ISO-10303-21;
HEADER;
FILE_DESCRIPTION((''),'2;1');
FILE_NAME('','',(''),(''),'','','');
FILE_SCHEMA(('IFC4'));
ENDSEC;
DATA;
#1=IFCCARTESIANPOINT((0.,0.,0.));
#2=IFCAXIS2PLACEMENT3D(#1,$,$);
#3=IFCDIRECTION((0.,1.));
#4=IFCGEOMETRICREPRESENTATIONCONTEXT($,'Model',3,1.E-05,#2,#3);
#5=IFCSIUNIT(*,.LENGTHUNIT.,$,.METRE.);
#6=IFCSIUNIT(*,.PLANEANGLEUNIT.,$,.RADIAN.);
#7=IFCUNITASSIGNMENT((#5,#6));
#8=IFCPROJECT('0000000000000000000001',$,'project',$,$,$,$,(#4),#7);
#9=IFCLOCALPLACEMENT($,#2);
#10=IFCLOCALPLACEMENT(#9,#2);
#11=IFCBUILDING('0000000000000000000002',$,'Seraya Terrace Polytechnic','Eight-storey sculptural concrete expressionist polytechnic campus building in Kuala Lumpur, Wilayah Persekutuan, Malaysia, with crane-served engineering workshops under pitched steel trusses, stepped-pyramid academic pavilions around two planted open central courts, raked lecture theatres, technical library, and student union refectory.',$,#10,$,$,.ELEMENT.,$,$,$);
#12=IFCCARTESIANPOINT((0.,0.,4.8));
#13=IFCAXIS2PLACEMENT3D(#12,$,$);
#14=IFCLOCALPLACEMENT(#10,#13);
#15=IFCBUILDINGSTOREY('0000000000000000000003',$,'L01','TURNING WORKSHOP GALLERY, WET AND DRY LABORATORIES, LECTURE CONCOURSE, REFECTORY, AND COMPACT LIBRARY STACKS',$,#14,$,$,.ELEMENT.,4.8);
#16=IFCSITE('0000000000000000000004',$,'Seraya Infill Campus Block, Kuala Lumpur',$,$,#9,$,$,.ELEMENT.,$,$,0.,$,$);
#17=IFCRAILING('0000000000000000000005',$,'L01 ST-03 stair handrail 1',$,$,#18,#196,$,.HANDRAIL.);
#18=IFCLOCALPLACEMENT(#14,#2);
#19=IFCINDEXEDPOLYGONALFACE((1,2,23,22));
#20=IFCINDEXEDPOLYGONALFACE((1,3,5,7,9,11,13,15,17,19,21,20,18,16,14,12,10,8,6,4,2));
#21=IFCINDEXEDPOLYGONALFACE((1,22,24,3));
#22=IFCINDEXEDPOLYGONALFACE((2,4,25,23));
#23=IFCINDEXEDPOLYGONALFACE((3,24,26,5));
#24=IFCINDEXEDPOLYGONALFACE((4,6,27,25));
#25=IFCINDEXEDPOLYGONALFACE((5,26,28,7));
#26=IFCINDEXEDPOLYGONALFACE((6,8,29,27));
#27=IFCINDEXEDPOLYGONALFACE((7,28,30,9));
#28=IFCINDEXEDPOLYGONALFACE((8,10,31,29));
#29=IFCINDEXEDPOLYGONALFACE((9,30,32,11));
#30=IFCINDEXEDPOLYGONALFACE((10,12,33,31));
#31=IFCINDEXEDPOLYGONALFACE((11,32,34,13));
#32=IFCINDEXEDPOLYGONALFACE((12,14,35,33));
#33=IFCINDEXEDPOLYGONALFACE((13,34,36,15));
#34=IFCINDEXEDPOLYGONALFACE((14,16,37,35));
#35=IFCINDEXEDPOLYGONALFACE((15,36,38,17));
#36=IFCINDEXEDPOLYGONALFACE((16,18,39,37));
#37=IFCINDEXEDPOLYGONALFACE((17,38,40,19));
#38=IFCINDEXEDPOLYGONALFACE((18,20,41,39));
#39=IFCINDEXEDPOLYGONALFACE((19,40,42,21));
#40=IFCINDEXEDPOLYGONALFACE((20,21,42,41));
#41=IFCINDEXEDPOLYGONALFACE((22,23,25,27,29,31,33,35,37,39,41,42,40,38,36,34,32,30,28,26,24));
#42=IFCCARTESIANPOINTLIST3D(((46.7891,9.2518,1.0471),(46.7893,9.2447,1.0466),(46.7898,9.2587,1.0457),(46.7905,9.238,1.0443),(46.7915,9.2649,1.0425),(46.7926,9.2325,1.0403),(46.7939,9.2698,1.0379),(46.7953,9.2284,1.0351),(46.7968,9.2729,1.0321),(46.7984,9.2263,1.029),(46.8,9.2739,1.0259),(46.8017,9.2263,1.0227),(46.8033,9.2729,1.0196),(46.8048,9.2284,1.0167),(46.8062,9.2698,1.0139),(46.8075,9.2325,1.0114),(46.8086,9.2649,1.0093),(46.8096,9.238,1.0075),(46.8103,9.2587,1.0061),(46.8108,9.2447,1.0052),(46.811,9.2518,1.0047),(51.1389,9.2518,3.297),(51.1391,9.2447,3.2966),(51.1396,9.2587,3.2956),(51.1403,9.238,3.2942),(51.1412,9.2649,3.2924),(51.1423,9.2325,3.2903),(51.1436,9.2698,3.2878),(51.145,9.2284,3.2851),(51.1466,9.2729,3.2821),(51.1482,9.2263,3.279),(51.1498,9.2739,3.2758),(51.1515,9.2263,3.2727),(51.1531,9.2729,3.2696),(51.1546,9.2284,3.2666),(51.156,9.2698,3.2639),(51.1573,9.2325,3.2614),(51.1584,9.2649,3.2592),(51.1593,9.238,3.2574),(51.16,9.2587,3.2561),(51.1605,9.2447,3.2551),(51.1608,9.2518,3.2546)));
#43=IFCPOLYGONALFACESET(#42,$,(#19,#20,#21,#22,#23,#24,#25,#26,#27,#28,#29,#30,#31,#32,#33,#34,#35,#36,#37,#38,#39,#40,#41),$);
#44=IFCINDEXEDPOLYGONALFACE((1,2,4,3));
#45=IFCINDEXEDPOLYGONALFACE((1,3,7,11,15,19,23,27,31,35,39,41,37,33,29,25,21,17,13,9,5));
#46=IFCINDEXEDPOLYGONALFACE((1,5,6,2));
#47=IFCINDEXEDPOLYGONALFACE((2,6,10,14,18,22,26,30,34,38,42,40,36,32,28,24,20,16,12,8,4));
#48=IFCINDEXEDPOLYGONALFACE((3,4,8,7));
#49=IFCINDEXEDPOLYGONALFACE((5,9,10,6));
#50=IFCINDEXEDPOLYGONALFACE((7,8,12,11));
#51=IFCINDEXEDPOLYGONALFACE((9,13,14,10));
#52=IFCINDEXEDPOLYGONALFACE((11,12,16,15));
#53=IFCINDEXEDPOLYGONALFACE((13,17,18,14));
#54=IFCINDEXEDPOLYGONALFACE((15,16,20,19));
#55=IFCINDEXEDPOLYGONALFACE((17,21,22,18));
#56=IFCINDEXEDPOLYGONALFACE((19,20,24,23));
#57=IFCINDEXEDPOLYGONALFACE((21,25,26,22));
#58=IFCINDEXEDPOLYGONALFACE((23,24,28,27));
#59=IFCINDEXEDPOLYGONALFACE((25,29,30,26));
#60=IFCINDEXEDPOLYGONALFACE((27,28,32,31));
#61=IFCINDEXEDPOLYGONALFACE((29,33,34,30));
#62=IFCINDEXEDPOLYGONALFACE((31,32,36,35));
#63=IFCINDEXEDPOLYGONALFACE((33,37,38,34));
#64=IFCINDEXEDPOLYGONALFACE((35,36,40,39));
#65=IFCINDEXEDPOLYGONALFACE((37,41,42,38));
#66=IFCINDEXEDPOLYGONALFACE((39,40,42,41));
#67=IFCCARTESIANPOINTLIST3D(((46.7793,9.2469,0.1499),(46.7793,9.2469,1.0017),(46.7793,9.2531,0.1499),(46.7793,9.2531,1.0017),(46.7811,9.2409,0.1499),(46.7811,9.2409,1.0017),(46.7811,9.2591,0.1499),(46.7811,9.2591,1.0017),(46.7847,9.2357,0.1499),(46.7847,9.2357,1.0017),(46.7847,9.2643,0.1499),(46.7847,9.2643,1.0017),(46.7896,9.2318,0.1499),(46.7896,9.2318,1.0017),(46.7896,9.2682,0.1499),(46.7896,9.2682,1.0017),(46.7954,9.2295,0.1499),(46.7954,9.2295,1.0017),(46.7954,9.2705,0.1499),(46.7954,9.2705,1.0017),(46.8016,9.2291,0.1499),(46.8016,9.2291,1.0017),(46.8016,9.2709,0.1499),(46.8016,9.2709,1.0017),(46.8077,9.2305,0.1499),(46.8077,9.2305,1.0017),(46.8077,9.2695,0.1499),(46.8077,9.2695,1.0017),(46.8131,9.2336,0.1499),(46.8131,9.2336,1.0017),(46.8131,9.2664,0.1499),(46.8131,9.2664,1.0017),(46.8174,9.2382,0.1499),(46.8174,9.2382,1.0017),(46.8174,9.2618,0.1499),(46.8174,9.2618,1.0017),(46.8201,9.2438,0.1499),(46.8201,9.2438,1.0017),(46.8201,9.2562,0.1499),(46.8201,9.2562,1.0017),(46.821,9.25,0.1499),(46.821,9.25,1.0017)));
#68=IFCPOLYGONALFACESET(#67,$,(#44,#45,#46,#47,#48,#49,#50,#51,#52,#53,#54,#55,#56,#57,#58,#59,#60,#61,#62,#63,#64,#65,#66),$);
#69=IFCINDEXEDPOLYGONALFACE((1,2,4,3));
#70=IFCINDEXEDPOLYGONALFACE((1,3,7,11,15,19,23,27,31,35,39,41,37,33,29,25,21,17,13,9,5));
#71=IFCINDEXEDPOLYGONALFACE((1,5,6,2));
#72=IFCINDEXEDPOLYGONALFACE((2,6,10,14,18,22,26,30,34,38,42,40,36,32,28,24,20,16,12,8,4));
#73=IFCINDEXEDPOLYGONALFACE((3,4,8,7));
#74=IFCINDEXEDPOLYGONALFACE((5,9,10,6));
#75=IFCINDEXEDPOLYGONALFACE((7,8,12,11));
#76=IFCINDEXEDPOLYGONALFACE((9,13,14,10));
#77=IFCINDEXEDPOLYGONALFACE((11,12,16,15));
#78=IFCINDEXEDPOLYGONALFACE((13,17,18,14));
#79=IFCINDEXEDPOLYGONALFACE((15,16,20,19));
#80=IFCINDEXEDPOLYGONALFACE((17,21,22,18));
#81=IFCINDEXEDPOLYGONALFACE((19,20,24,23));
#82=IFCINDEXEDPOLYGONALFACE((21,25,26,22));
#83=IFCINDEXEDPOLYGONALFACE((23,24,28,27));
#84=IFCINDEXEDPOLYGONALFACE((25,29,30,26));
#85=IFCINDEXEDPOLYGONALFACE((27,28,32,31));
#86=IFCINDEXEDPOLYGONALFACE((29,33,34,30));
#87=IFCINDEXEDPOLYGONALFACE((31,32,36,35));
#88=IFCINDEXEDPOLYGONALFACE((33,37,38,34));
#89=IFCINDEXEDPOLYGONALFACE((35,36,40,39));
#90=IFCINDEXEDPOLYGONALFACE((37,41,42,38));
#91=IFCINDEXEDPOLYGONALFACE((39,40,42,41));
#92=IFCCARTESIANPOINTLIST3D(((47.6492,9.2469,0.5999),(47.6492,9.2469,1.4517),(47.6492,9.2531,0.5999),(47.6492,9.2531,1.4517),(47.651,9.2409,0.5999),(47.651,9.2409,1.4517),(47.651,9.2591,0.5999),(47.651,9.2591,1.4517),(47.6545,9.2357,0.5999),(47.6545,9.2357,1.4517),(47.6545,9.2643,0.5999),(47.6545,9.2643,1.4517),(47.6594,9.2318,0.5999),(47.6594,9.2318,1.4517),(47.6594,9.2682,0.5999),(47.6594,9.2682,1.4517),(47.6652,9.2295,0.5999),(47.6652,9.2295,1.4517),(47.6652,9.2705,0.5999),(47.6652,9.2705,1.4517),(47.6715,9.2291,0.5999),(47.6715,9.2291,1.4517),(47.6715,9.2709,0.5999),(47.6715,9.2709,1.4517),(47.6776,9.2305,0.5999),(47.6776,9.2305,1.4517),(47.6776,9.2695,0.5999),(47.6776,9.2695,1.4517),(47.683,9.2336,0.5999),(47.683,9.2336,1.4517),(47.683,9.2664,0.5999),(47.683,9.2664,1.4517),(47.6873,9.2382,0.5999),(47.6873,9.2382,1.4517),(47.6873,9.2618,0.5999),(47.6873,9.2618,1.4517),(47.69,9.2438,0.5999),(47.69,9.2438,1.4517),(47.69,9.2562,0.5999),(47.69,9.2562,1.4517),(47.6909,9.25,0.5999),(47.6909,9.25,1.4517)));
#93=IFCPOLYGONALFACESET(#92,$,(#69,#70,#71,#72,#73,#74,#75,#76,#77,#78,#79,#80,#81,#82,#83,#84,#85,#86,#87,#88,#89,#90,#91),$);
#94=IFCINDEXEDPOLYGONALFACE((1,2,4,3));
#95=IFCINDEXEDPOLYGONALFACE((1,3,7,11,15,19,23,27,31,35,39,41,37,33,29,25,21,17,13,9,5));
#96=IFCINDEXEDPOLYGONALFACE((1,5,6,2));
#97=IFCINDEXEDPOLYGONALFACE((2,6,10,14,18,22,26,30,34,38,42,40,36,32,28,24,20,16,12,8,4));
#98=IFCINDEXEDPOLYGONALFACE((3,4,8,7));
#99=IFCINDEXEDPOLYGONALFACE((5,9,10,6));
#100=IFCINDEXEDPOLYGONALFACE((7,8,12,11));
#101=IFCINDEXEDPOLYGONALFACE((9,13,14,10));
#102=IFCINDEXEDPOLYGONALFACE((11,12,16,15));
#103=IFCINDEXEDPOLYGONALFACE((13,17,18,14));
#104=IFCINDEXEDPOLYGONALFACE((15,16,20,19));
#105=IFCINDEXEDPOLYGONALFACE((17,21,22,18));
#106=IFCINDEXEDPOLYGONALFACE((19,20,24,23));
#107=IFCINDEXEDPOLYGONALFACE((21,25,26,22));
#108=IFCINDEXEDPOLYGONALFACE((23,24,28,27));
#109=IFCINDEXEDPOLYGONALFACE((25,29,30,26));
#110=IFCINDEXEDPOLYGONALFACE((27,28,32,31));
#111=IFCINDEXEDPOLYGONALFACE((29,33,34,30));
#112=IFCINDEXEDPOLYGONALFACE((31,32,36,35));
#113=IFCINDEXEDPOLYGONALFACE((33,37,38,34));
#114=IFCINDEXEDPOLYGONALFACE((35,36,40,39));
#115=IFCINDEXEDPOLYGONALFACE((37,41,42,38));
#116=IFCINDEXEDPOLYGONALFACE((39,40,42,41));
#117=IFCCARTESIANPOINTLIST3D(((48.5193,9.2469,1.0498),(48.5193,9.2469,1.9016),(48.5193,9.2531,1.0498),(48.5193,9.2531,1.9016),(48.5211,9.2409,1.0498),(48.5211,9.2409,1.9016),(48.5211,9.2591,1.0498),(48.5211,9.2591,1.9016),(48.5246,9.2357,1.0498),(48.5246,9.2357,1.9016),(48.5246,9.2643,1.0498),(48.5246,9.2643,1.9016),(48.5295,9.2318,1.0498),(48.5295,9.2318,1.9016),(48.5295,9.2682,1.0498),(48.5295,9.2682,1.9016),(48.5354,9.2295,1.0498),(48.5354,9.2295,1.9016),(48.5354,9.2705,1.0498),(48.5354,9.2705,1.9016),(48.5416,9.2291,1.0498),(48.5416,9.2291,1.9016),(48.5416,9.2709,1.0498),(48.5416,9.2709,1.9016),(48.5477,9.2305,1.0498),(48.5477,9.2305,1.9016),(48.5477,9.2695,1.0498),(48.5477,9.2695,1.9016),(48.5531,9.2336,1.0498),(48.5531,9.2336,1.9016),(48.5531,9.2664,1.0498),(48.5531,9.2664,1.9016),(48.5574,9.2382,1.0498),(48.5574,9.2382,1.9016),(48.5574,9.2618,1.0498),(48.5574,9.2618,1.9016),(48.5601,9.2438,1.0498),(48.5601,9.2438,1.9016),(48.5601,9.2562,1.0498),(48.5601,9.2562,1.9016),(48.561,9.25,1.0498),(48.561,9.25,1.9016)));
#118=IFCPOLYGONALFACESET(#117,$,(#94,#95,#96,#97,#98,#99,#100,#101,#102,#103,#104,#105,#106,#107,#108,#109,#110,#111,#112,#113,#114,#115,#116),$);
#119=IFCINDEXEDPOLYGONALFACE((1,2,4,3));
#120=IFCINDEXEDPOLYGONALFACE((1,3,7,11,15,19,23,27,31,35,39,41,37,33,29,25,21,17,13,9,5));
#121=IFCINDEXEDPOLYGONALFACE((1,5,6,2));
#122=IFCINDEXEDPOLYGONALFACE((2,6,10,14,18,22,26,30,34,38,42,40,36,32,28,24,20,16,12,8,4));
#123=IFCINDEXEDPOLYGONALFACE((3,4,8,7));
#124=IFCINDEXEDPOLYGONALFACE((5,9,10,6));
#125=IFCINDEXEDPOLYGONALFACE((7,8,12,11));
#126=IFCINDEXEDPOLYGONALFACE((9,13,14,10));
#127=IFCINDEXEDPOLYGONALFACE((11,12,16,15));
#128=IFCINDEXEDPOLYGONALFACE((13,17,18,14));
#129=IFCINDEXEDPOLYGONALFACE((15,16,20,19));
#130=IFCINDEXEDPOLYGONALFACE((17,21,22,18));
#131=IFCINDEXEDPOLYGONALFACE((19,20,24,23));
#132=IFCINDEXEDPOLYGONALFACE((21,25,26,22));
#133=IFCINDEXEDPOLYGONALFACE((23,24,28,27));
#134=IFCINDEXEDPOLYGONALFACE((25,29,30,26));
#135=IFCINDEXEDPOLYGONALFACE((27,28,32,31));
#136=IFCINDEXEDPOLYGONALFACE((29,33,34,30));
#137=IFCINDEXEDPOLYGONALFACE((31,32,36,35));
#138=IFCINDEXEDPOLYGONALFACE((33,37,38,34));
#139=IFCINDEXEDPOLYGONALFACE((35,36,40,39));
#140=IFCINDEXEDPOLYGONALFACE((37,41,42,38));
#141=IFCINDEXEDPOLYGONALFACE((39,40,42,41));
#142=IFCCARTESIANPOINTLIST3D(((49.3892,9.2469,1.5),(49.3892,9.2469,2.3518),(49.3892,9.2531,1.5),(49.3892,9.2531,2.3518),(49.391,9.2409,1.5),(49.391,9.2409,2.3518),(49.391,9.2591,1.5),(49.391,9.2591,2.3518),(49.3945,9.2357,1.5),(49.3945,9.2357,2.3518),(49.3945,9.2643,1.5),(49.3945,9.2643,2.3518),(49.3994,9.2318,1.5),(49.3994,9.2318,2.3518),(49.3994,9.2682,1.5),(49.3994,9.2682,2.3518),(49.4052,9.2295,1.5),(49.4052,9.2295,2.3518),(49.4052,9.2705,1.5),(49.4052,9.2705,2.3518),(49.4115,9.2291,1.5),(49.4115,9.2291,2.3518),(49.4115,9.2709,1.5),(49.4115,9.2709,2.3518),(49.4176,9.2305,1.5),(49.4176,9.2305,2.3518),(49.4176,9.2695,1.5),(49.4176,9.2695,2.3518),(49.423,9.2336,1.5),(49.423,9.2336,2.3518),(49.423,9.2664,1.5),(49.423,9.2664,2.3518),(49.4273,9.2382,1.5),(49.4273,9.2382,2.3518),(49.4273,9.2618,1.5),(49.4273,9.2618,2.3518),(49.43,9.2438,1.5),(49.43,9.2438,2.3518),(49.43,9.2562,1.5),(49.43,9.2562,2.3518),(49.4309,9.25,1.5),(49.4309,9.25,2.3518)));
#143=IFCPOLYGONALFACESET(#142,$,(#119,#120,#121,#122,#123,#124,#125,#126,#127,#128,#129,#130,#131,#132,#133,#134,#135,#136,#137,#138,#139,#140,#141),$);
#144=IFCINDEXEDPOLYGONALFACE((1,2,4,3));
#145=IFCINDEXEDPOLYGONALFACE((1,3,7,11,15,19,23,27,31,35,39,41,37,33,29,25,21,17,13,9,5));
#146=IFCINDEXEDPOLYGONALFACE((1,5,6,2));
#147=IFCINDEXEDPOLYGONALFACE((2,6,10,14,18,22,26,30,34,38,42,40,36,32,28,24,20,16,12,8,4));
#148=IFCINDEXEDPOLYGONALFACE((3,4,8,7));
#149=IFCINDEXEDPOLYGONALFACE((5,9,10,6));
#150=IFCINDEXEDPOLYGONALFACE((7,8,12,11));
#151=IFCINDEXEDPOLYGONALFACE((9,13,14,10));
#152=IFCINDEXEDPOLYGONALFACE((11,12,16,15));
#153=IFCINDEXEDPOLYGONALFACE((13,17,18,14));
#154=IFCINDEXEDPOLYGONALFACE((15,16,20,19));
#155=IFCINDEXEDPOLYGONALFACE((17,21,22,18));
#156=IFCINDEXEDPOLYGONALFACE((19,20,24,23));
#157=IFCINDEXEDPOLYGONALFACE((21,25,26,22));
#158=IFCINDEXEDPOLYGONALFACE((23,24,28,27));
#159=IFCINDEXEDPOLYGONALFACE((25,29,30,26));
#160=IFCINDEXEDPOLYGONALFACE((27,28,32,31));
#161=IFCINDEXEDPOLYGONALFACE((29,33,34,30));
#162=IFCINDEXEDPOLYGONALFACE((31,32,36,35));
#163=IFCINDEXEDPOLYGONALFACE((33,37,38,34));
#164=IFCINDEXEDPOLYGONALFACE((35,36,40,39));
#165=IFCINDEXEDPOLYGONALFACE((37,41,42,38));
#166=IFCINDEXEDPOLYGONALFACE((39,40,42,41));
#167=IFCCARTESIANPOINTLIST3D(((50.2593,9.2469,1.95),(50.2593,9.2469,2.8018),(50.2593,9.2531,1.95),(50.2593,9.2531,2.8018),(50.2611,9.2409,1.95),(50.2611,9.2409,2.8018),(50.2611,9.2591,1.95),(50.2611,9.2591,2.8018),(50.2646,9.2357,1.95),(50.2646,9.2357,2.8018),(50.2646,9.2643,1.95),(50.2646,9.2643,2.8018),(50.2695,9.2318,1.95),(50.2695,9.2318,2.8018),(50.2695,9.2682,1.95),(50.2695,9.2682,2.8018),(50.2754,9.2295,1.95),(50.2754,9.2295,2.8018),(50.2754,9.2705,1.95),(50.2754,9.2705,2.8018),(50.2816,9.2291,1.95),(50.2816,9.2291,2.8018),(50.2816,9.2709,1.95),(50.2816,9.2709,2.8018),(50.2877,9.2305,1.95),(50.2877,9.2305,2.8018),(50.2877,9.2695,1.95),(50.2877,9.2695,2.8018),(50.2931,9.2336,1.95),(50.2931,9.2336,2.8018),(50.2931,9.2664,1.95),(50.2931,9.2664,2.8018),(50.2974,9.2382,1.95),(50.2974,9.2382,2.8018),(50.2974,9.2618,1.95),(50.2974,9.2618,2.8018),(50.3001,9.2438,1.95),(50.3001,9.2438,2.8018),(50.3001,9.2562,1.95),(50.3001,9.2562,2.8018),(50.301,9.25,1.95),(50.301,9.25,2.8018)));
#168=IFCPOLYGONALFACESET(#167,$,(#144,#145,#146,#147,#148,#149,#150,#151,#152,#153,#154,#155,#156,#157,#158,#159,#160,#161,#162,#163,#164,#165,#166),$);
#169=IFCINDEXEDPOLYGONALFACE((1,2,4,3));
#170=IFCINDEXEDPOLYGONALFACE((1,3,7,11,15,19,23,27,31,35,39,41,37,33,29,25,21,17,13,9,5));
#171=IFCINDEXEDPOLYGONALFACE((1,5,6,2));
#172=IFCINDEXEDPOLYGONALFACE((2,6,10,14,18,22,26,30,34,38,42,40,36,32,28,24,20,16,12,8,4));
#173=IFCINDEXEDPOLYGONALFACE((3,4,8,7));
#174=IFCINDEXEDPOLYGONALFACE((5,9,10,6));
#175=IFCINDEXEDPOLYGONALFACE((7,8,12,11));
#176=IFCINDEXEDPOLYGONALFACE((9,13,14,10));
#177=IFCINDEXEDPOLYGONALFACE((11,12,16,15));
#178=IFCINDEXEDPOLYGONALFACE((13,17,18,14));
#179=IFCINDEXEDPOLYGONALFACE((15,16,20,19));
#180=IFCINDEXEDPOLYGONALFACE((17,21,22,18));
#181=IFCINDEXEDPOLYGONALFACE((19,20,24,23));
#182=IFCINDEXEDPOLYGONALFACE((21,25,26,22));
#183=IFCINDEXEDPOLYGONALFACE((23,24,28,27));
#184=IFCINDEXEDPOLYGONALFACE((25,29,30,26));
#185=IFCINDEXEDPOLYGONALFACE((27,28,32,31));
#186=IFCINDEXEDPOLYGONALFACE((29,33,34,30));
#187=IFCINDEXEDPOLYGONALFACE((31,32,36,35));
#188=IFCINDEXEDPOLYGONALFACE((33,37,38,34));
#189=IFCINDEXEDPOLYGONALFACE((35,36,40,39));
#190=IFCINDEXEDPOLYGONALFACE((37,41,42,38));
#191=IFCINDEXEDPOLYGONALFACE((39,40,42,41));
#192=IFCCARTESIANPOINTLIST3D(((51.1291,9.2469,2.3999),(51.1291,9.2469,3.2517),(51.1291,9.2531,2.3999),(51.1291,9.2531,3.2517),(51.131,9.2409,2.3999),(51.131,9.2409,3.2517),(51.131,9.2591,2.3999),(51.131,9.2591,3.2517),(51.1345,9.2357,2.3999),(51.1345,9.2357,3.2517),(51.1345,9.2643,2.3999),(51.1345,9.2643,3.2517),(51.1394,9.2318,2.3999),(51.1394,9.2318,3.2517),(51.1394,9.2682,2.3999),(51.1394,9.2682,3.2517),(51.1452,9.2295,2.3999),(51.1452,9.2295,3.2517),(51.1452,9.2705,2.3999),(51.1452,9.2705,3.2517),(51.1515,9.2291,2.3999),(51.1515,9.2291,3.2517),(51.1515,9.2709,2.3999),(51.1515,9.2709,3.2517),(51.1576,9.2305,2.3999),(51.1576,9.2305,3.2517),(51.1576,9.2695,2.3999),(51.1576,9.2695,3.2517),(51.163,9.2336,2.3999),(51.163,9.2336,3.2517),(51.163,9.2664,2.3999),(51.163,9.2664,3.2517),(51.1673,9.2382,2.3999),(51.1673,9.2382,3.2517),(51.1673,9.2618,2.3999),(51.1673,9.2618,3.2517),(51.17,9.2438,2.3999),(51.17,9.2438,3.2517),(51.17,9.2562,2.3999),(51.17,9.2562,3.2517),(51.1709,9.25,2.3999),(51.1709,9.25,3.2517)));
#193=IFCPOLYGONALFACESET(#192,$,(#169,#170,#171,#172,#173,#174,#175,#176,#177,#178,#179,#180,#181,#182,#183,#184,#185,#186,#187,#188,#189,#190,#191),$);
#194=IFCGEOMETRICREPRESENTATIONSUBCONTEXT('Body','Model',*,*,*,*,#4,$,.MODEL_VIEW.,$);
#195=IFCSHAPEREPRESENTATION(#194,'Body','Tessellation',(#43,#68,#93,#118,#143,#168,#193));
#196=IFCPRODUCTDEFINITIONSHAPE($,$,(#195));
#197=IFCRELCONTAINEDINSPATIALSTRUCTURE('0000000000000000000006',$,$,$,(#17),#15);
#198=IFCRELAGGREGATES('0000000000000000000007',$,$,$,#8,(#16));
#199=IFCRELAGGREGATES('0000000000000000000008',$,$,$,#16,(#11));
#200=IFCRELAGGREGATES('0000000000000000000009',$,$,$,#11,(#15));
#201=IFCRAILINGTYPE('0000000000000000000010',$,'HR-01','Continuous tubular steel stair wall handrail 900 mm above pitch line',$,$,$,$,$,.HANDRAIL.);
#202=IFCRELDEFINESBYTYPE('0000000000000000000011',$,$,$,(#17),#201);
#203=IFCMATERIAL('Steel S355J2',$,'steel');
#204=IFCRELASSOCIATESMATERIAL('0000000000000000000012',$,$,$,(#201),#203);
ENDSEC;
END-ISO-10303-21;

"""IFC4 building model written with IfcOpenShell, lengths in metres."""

from ifc_helpers import new_model, si_unit, direction, frame, origin, origin_2d, place, context, subcontext, project, spatial, circle, extrude, material, type_object, element, save


model = new_model("IFC4")

# Units and contexts
model_context = context("Model", 3, precision=1e-05, world=origin(), true_north=direction((0.0, 1.0)))
body_context = subcontext(model_context, "Body", "Model", "MODEL_VIEW")
ifc_project = project(units=[si_unit("LENGTHUNIT", "METRE"), si_unit("PLANEANGLEUNIT", "RADIAN")], contexts=[model_context])

# Site, building, storey
site_placement = place(None, origin())
site = spatial("IfcSite", under=ifc_project, at=site_placement, Name="Seraya Infill Campus Block, Kuala Lumpur", CompositionType="ELEMENT", RefElevation=0.0)
building_placement = place(site_placement, origin())
building = spatial("IfcBuilding", under=site, at=building_placement, Name="Seraya Terrace Polytechnic", Description="Eight-storey sculptural concrete expressionist polytechnic campus building in Kuala Lumpur, Wilayah Persekutuan, Malaysia, with crane-served engineering workshops under pitched steel trusses, stepped-pyramid academic pavilions around two planted open central courts, raked lecture theatres, technical library, and student union refectory.", CompositionType="ELEMENT")
storey_placement = place(building_placement, frame((0.0, 0.0, 4.8)))
storey = spatial("IfcBuildingStorey", under=building, at=storey_placement, Name="L01", Description="TURNING WORKSHOP GALLERY, WET AND DRY LABORATORIES, LECTURE CONCOURSE, REFECTORY, AND COMPACT LIBRARY STACKS", CompositionType="ELEMENT", Elevation=4.8)

# Shared definitions
ifc_material_1 = material(Name="Steel S355J2", Category="steel")

# Railing
railing_type_1 = type_object("IfcRailingType", Name="HR-01", Description="Continuous tubular steel stair wall handrail 900 mm above pitch line", PredefinedType="HANDRAIL", material=ifc_material_1)
railing_1_placement = place(storey_placement, frame((46.8, 9.25, 0.1499)))
element("IfcRailing", 1, at=railing_1_placement, inside=storey, type_object=railing_type_1, Name="L01 ST-03 stair handrail 1", PredefinedType="HANDRAIL", context=body_context, shape_type="SweptSolid", body=[
    extrude(circle(Radius=0.0239, at=origin_2d()), frame((0.0, 0.0, 0.876), z_axis=(0.888211, 0.0, 0.459435), x_axis=(0.0, 1.0, 0.0)), (0.0, 0.0, 1.0), 4.8972),
    extrude(circle(Radius=0.021, at=origin_2d()), origin(), (0.0, 0.0, 1.0), 0.8518),
    extrude(circle(Radius=0.021, at=origin_2d()), frame((0.8699, 0.0, 0.45)), (0.0, 0.0, 1.0), 0.8518),
    extrude(circle(Radius=0.021, at=origin_2d()), frame((1.74, 0.0, 0.8999)), (0.0, 0.0, 1.0), 0.8518),
    extrude(circle(Radius=0.021, at=origin_2d()), frame((2.6099, 0.0, 1.3501)), (0.0, 0.0, 1.0), 0.8518),
    extrude(circle(Radius=0.021, at=origin_2d()), frame((3.48, 0.0, 1.8)), (0.0, 0.0, 1.0), 0.8518),
    extrude(circle(Radius=0.021, at=origin_2d()), frame((4.3499, 0.0, 2.25)), (0.0, 0.0, 1.0), 0.8518),
])

save(model, "model.ifc")
